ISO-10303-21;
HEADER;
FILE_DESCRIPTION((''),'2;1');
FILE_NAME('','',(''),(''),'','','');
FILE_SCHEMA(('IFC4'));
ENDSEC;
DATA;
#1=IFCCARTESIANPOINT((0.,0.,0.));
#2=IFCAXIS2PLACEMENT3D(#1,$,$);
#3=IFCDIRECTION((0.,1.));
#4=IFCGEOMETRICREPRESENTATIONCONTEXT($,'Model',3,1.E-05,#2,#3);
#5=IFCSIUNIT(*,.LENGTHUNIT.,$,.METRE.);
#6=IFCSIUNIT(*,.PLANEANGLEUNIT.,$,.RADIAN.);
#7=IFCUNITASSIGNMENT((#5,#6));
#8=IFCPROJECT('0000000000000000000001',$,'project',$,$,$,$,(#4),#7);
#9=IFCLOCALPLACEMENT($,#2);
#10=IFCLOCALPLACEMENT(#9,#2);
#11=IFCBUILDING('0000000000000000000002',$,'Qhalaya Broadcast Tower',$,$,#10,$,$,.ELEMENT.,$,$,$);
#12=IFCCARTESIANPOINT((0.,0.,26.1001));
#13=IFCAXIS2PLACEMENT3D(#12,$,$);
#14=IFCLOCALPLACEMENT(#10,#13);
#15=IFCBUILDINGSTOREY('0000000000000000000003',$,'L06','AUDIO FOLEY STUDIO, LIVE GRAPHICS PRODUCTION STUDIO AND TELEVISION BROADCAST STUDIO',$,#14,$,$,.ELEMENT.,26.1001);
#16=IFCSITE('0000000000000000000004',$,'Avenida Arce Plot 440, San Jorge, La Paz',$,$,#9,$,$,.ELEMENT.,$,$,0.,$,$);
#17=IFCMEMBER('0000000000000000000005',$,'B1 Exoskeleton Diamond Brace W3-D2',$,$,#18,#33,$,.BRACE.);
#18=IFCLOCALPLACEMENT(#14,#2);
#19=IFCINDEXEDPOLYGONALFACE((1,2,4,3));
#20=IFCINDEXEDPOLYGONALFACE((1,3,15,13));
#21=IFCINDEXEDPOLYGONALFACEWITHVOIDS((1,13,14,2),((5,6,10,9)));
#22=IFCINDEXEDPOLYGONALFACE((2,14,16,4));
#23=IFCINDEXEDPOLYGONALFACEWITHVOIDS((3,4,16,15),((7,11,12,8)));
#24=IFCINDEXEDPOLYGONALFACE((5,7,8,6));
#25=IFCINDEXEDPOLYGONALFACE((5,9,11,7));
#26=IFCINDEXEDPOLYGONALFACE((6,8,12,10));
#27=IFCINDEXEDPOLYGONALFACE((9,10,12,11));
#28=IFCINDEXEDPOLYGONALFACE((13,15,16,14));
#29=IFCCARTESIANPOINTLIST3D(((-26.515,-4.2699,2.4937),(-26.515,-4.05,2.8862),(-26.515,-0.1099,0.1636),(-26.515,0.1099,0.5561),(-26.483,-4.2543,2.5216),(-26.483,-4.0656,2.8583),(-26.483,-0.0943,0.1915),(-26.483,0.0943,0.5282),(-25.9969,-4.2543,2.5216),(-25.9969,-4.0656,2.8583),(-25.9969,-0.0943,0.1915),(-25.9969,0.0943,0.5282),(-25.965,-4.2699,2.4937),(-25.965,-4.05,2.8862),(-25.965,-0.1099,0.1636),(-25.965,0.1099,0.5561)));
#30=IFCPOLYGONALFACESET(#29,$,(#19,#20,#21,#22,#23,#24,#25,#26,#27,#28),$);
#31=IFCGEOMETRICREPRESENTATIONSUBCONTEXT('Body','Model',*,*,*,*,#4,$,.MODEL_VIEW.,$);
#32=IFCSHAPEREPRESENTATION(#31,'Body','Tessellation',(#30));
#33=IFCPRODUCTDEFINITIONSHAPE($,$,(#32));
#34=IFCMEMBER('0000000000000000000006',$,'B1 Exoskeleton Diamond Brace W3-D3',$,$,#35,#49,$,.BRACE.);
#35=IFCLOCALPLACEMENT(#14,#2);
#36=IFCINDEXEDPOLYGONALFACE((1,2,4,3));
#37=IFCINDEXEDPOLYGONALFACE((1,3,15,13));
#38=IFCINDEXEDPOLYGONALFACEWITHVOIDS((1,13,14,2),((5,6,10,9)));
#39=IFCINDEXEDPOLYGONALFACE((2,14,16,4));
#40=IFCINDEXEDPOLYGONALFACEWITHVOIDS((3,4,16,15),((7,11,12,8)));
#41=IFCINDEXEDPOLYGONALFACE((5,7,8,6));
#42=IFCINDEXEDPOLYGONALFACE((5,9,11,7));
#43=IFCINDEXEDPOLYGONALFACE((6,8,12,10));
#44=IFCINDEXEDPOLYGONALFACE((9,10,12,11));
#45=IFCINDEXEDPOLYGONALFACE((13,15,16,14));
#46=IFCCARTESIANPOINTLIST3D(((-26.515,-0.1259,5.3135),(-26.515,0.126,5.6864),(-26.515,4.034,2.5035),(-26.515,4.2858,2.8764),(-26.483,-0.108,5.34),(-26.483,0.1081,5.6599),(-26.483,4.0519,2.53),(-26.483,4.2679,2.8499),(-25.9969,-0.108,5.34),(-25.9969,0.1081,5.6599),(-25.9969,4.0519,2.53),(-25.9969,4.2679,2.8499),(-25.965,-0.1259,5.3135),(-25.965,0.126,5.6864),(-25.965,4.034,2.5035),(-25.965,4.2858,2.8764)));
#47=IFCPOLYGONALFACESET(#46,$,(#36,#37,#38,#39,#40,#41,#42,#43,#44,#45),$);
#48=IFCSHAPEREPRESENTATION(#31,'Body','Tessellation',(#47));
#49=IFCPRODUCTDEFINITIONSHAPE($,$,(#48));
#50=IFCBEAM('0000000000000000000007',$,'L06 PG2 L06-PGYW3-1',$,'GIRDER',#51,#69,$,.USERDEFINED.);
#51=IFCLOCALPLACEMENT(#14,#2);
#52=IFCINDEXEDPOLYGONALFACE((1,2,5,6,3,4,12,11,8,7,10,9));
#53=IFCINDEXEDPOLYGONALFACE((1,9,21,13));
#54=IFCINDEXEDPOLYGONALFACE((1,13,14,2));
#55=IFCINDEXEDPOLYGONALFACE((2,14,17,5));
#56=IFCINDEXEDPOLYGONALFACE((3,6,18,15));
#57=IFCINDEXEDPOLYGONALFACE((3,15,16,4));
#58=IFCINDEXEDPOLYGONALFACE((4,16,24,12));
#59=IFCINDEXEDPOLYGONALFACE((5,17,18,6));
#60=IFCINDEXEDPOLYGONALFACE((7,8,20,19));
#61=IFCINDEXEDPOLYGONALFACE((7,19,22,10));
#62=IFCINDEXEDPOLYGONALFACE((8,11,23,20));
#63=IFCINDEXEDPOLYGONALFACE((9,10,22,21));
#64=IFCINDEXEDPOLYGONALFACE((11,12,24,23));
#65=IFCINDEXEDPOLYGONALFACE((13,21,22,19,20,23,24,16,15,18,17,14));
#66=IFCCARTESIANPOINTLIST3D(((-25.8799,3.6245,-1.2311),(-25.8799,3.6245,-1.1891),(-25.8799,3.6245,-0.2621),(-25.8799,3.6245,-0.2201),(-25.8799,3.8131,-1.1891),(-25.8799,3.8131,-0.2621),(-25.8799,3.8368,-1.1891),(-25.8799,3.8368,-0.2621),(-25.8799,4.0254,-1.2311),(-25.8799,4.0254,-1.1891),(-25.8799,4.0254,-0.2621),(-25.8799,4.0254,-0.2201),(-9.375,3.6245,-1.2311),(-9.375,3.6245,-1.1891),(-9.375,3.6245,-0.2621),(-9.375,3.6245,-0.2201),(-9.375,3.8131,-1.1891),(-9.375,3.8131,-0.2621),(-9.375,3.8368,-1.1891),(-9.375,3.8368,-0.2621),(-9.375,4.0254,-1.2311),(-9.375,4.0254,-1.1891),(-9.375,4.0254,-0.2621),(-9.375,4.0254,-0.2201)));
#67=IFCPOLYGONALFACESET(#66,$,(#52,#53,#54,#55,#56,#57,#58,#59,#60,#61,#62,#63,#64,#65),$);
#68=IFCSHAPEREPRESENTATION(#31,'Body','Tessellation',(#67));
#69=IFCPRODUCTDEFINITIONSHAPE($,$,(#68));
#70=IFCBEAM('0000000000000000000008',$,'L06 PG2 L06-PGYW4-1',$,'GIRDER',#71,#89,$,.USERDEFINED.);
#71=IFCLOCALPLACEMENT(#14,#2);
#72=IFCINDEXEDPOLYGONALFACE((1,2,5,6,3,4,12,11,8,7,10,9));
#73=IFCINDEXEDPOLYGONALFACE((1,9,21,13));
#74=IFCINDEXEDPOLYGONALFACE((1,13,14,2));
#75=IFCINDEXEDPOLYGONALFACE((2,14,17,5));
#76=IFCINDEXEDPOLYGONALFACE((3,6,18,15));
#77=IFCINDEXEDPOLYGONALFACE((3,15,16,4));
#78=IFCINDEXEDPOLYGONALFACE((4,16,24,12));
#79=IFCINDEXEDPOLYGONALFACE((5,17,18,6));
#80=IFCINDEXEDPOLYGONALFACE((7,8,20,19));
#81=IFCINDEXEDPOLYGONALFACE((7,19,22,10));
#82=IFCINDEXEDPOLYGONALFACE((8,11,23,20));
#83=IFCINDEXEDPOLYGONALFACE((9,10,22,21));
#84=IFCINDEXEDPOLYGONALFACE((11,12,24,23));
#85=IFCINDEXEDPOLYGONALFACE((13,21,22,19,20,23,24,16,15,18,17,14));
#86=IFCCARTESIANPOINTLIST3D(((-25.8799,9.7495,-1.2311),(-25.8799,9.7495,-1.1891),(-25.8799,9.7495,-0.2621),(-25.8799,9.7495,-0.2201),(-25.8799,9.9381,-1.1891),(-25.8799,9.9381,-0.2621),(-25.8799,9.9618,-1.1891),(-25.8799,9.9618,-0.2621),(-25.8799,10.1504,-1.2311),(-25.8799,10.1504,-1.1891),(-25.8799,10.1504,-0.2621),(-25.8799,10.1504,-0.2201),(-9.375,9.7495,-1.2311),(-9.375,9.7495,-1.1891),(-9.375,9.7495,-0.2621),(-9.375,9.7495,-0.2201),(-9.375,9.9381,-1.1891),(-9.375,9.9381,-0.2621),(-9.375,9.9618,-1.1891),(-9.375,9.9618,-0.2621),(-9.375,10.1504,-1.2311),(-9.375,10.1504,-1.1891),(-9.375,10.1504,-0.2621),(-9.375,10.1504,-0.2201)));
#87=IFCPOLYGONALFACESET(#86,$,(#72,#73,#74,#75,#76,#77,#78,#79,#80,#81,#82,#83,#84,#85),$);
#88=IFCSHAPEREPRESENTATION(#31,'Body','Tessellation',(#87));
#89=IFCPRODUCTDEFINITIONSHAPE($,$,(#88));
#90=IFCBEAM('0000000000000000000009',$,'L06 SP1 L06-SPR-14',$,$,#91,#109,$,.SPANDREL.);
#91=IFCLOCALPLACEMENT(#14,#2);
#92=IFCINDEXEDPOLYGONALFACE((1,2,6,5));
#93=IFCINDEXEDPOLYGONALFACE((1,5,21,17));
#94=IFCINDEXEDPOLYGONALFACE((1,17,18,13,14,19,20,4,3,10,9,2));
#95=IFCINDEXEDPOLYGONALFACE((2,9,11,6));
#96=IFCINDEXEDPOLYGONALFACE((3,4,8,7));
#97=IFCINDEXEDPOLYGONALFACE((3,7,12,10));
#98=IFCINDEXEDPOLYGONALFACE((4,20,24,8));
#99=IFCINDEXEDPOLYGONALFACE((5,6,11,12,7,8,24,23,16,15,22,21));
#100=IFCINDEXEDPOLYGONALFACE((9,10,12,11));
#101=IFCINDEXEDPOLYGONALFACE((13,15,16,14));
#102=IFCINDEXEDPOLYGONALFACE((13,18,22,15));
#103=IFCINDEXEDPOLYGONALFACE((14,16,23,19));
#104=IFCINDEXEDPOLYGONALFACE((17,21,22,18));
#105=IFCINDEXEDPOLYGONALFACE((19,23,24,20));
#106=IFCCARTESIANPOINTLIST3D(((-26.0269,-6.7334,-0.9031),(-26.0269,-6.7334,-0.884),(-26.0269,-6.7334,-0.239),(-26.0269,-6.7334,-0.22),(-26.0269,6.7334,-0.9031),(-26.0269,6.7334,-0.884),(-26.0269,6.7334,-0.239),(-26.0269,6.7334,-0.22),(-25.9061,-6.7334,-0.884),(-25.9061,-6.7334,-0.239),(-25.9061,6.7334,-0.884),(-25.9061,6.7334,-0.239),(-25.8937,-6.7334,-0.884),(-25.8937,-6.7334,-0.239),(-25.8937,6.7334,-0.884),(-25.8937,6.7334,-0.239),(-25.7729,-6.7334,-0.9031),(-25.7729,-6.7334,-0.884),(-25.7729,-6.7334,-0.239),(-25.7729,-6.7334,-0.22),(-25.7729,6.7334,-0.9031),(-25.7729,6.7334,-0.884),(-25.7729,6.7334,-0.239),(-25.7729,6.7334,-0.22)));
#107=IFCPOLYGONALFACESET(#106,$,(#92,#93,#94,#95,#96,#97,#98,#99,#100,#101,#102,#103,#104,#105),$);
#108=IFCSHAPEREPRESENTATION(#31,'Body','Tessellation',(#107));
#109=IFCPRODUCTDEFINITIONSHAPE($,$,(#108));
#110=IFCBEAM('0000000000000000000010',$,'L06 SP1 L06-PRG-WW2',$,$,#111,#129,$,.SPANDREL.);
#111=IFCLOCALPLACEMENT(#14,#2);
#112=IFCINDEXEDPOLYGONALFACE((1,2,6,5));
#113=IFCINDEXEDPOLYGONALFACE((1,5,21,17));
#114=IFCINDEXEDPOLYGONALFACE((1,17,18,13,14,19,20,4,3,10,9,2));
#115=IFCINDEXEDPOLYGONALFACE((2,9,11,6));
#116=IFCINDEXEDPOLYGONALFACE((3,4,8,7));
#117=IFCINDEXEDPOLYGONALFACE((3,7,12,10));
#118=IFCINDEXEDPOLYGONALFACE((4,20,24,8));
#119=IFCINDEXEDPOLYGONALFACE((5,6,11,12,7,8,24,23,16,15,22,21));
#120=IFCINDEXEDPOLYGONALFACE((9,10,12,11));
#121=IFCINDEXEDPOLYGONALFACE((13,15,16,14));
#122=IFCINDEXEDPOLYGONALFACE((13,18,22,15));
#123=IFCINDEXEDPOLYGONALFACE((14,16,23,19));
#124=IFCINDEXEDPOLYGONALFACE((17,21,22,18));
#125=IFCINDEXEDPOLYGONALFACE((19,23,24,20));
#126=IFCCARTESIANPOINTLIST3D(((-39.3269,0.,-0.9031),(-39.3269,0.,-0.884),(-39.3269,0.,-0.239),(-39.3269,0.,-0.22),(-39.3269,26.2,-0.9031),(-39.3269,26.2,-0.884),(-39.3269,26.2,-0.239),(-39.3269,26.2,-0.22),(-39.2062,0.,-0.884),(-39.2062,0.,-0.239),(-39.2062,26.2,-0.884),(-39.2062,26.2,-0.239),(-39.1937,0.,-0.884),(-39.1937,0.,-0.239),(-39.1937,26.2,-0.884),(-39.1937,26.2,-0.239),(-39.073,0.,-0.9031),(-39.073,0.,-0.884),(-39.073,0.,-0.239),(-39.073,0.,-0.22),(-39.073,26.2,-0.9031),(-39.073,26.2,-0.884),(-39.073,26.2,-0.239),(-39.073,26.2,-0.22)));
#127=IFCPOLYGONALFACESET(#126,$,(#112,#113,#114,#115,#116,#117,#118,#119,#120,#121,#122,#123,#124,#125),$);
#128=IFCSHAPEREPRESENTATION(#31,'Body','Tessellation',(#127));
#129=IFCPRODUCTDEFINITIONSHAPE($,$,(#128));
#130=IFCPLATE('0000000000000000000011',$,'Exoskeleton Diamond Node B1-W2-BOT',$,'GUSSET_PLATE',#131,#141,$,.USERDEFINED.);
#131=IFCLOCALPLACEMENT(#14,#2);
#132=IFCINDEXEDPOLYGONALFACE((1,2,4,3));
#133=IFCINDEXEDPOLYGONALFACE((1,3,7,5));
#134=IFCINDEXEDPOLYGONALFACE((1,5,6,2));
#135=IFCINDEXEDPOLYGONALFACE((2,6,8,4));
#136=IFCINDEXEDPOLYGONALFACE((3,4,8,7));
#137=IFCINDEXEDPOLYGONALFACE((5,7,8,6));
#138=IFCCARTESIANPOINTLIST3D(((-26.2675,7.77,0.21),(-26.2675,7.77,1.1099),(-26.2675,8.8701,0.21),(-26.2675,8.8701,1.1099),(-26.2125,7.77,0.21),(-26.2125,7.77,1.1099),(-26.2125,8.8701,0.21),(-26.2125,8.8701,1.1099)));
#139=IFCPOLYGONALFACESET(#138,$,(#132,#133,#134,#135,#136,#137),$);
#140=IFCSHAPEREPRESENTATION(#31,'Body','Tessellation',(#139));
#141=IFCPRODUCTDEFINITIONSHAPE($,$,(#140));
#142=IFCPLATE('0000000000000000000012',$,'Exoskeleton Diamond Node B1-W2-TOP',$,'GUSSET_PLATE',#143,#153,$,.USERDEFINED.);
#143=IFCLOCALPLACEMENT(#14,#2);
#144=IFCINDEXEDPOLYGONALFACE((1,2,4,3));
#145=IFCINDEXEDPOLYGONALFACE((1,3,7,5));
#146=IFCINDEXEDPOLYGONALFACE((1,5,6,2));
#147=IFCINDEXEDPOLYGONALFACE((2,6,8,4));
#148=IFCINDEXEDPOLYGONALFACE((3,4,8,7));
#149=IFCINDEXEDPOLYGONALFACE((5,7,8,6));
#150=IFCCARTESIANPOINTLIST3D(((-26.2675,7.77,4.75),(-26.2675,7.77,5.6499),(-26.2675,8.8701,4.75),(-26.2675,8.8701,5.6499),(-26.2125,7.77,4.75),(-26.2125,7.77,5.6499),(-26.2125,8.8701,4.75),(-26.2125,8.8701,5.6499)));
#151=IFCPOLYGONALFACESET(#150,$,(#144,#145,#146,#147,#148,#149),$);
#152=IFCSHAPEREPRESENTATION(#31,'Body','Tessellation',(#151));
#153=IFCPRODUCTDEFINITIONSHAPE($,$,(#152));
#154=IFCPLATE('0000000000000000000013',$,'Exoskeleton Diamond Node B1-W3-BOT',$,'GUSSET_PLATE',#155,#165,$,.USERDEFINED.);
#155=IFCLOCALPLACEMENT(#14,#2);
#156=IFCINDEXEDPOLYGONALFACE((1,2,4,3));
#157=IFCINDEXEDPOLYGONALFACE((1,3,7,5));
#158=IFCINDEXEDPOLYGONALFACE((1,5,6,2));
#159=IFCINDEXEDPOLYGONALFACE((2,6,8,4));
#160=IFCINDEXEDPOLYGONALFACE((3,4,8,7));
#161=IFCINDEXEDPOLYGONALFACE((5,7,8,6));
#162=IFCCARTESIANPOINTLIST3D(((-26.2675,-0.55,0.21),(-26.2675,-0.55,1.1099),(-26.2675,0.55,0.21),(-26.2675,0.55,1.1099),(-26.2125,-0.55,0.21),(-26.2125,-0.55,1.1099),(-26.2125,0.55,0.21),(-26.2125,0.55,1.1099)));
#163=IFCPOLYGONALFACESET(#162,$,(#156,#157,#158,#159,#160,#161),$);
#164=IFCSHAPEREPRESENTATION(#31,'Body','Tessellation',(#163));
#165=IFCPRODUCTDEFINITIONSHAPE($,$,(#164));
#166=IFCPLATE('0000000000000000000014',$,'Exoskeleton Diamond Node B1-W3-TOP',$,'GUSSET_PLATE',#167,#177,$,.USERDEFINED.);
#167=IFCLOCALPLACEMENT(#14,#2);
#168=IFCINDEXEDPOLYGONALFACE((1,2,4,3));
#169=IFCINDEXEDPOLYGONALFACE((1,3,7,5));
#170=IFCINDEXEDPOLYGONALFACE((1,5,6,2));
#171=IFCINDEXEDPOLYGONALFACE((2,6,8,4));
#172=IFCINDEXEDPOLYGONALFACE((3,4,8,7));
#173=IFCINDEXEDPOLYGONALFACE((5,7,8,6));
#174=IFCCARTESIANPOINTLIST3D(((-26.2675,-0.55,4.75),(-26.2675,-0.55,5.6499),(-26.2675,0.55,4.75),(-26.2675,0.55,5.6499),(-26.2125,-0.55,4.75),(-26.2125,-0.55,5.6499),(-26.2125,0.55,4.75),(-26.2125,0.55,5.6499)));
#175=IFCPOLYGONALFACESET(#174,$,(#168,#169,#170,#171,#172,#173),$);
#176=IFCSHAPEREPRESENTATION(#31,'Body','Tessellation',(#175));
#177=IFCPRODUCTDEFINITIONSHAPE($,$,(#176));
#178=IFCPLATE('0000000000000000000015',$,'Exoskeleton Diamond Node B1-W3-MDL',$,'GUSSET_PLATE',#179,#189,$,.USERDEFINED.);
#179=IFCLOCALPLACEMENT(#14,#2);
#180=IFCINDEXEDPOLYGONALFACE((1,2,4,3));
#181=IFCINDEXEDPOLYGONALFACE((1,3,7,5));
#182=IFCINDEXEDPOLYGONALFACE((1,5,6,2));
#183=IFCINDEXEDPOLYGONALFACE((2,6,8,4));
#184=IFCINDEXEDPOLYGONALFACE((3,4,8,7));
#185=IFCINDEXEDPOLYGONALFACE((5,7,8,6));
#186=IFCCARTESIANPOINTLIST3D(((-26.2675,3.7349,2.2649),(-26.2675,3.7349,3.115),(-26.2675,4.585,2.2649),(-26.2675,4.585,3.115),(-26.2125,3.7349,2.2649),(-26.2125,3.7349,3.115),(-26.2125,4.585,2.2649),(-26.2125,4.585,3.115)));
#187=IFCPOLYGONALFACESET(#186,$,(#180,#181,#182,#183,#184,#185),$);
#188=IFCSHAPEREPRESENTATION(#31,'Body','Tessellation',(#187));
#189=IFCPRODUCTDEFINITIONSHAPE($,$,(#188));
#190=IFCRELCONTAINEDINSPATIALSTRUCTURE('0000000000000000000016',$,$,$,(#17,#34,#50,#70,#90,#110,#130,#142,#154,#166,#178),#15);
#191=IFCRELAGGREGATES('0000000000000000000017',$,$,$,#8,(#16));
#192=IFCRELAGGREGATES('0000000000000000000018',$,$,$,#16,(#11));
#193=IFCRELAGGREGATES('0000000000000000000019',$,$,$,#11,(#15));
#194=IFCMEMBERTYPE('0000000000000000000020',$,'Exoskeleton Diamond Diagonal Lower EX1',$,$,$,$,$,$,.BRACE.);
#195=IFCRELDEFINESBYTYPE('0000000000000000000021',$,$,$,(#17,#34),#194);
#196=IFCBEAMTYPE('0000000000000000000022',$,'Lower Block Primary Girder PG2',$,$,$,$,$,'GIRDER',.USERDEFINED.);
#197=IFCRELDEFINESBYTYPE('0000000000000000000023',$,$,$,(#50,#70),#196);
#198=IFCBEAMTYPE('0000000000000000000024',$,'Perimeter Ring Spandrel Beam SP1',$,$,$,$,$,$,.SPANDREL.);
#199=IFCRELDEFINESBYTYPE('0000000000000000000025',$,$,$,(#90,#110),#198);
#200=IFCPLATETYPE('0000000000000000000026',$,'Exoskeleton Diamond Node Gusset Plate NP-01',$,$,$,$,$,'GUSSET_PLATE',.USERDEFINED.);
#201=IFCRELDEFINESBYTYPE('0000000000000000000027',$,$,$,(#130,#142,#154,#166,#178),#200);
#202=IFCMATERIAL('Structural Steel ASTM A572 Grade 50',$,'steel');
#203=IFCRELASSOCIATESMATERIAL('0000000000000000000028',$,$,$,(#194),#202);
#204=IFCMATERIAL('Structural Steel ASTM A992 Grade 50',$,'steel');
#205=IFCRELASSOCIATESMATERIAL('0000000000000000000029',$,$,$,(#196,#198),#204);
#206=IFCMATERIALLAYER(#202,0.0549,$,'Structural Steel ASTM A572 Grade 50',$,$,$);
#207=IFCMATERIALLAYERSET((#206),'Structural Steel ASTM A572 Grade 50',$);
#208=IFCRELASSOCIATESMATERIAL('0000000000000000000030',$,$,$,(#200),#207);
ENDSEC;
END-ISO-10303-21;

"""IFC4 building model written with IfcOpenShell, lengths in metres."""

from ifc_helpers import new_model, si_unit, direction, frame, origin, origin_2d, place, context, subcontext, project, spatial, rectangle, hollow_rectangle, i_section, extrude, material, layer, layer_set, material_profile, profile_set, type_object, element, save


model = new_model("IFC4")

# Units and contexts
model_context = context("Model", 3, precision=1e-05, world=origin(), true_north=direction((0.0, 1.0)))
body_context = subcontext(model_context, "Body", "Model", "MODEL_VIEW")
ifc_project = project(units=[si_unit("LENGTHUNIT", "METRE"), si_unit("PLANEANGLEUNIT", "RADIAN")], contexts=[model_context])

# Site, building, storey
site_placement = place(None, origin())
site = spatial("IfcSite", under=ifc_project, at=site_placement, Name="Avenida Arce Plot 440, San Jorge, La Paz", CompositionType="ELEMENT", RefElevation=0.0)
building_placement = place(site_placement, origin())
building = spatial("IfcBuilding", under=site, at=building_placement, Name="Qhalaya Broadcast Tower", CompositionType="ELEMENT")
storey_placement = place(building_placement, frame((0.0, 0.0, 26.1001)))
storey = spatial("IfcBuildingStorey", under=building, at=storey_placement, Name="L06", Description="AUDIO FOLEY STUDIO, LIVE GRAPHICS PRODUCTION STUDIO AND TELEVISION BROADCAST STUDIO", CompositionType="ELEMENT", Elevation=26.1001)

# Shared definitions
ifc_material_1 = material(Name="Structural Steel ASTM A572 Grade 50", Category="steel")

# Shared definitions
ifc_material_2 = material(Name="Structural Steel ASTM A992 Grade 50", Category="steel")

# Members
ifc_material_profile_1 = material_profile(ifc_material_1, hollow_rectangle(XDim=0.45, YDim=0.55, WallThickness=0.032, at=origin_2d()), Name="BOX 450x550x32")
ifc_profile_set_1 = profile_set([ifc_material_profile_1], Name="Structural Steel ASTM A572 Grade 50")
member_type = type_object("IfcMemberType", Name="Exoskeleton Diamond Diagonal Lower EX1", PredefinedType="BRACE", material=ifc_profile_set_1)
for number, where, z_axis, x_axis, name in (
    (1, (-26.24, 0.0, 0.3599), (0.0, -0.872459, 0.488688), (0.0, 0.488688, 0.872459), "B1 Exoskeleton Diamond Brace W3-D2"),
):
    element("IfcMember", number, at=place(storey_placement, frame(where, z_axis=z_axis, x_axis=x_axis)), inside=storey, type_object=member_type, Name=name, PredefinedType="BRACE", context=body_context, shape_type="SweptSolid", body=[
        extrude(hollow_rectangle(XDim=0.45, YDim=0.55, WallThickness=0.032, at=origin_2d()), origin(), (0.0, 0.0, 1.0), 4.7681),
    ])
member_1_placement = place(storey_placement, frame((-26.24, 4.1599, 2.6899), z_axis=(0.0, -0.828653, 0.559763), x_axis=(0.0, 0.559763, 0.828653)))
element("IfcMember", 2, at=member_1_placement, inside=storey, type_object=member_type, Name="B1 Exoskeleton Diamond Brace W3-D3", PredefinedType="BRACE", context=body_context, shape_type="SweptSolid", body=[
    extrude(hollow_rectangle(XDim=0.45, YDim=0.55, WallThickness=0.032, at=origin_2d()), origin(), (0.0, 0.0, 1.0), 5.02),
])

# Beams
ifc_material_profile_2 = material_profile(ifc_material_2, i_section(OverallWidth=0.4009, OverallDepth=1.011, WebThickness=0.0237, FlangeThickness=0.042, at=origin_2d()), Name="W40X297")
ifc_profile_set_2 = profile_set([ifc_material_profile_2], Name="Structural Steel ASTM A992 Grade 50")
beam_type_1 = type_object("IfcBeamType", Name="Lower Block Primary Girder PG2", ElementType="GIRDER", PredefinedType="USERDEFINED", material=ifc_profile_set_2)
for number, where, z_axis, x_axis, name in (
    (3, (-25.8799, 3.825, -0.7256), (1.0, 0.0, 0.0), (0.0, 1.0, 0.0), "L06 PG2 L06-PGYW3-1"),
    (4, (-25.8799, 9.95, -0.7256), (1.0, 0.0, 0.0), (0.0, 1.0, 0.0), "L06 PG2 L06-PGYW4-1"),
):
    element("IfcBeam", number, at=place(storey_placement, frame(where, z_axis=z_axis, x_axis=x_axis)), inside=storey, type_object=beam_type_1, Name=name, ObjectType="GIRDER", PredefinedType="USERDEFINED", context=body_context, shape_type="SweptSolid", body=[
        extrude(i_section(OverallWidth=0.4009, OverallDepth=1.011, WebThickness=0.0237, FlangeThickness=0.042, at=origin_2d()), origin(), (0.0, 0.0, 1.0), 16.5049),
    ])
ifc_material_profile_3 = material_profile(ifc_material_2, i_section(OverallWidth=0.2539, OverallDepth=0.6831, WebThickness=0.0125, FlangeThickness=0.019, at=origin_2d()), Name="W27X94")
ifc_profile_set_3 = profile_set([ifc_material_profile_3], Name="Structural Steel ASTM A992 Grade 50")
beam_type_2 = type_object("IfcBeamType", Name="Perimeter Ring Spandrel Beam SP1", PredefinedType="SPANDREL", material=ifc_profile_set_3)
beam_1_placement = place(storey_placement, frame((-25.8999, 6.7334, -0.5615), z_axis=(0.0, -1.0, 0.0), x_axis=(1.0, 0.0, 0.0)))
element("IfcBeam", 5, at=beam_1_placement, inside=storey, type_object=beam_type_2, Name="L06 SP1 L06-SPR-14", PredefinedType="SPANDREL", context=body_context, shape_type="SweptSolid", body=[
    extrude(i_section(OverallWidth=0.2539, OverallDepth=0.6831, WebThickness=0.0125, FlangeThickness=0.019, at=origin_2d()), origin(), (0.0, 0.0, 1.0), 13.4668),
])
beam_2_placement = place(storey_placement, frame((-39.2, 0.0, -0.5615), z_axis=(0.0, 1.0, 0.0), x_axis=(-1.0, 0.0, 0.0)))
element("IfcBeam", 6, at=beam_2_placement, inside=storey, type_object=beam_type_2, Name="L06 SP1 L06-PRG-WW2", PredefinedType="SPANDREL", context=body_context, shape_type="SweptSolid", body=[
    extrude(i_section(OverallWidth=0.2539, OverallDepth=0.6831, WebThickness=0.0125, FlangeThickness=0.019, at=origin_2d()), origin(), (0.0, 0.0, 1.0), 26.2),
])

# Plates
ifc_layer_1 = layer(ifc_material_1, 0.0549, Name="Structural Steel ASTM A572 Grade 50")
ifc_layer_set_1 = layer_set([ifc_layer_1], Name="Structural Steel ASTM A572 Grade 50")
plate_type_1 = type_object("IfcPlateType", Name="Exoskeleton Diamond Node Gusset Plate NP-01", ElementType="GUSSET_PLATE", PredefinedType="USERDEFINED", material=ifc_layer_set_1)
for number, where, z_axis, x_axis, name in (
    (7, (-26.24, 8.3201, 0.21), (0.0, 0.0, 1.0), (0.0, 1.0, 0.0), "Exoskeleton Diamond Node B1-W2-BOT"),
    (8, (-26.24, 8.3201, 4.75), (0.0, 0.0, 1.0), (0.0, 1.0, 0.0), "Exoskeleton Diamond Node B1-W2-TOP"),
    (9, (-26.24, 0.0, 0.21), (0.0, 0.0, 1.0), (0.0, 1.0, 0.0), "Exoskeleton Diamond Node B1-W3-BOT"),
    (10, (-26.24, 0.0, 4.75), (0.0, 0.0, 1.0), (0.0, 1.0, 0.0), "Exoskeleton Diamond Node B1-W3-TOP"),
):
    element("IfcPlate", number, at=place(storey_placement, frame(where, z_axis=z_axis, x_axis=x_axis)), inside=storey, type_object=plate_type_1, Name=name, ObjectType="GUSSET_PLATE", PredefinedType="USERDEFINED", context=body_context, shape_type="SweptSolid", body=[
        extrude(rectangle(XDim=1.1001, YDim=0.0549, at=origin_2d()), origin(), (0.0, 0.0, 1.0), 0.8999),
    ])
plate_placement = place(storey_placement, frame((-26.24, 4.1599, 2.2649), z_axis=(0.0, 0.0, 1.0), x_axis=(0.0, 1.0, 0.0)))
element("IfcPlate", 11, at=plate_placement, inside=storey, type_object=plate_type_1, Name="Exoskeleton Diamond Node B1-W3-MDL", ObjectType="GUSSET_PLATE", PredefinedType="USERDEFINED", context=body_context, shape_type="SweptSolid", body=[
    extrude(rectangle(XDim=0.8501, YDim=0.0549, at=origin_2d()), origin(), (0.0, 0.0, 1.0), 0.8501),
])

save(model, "model.ifc")
